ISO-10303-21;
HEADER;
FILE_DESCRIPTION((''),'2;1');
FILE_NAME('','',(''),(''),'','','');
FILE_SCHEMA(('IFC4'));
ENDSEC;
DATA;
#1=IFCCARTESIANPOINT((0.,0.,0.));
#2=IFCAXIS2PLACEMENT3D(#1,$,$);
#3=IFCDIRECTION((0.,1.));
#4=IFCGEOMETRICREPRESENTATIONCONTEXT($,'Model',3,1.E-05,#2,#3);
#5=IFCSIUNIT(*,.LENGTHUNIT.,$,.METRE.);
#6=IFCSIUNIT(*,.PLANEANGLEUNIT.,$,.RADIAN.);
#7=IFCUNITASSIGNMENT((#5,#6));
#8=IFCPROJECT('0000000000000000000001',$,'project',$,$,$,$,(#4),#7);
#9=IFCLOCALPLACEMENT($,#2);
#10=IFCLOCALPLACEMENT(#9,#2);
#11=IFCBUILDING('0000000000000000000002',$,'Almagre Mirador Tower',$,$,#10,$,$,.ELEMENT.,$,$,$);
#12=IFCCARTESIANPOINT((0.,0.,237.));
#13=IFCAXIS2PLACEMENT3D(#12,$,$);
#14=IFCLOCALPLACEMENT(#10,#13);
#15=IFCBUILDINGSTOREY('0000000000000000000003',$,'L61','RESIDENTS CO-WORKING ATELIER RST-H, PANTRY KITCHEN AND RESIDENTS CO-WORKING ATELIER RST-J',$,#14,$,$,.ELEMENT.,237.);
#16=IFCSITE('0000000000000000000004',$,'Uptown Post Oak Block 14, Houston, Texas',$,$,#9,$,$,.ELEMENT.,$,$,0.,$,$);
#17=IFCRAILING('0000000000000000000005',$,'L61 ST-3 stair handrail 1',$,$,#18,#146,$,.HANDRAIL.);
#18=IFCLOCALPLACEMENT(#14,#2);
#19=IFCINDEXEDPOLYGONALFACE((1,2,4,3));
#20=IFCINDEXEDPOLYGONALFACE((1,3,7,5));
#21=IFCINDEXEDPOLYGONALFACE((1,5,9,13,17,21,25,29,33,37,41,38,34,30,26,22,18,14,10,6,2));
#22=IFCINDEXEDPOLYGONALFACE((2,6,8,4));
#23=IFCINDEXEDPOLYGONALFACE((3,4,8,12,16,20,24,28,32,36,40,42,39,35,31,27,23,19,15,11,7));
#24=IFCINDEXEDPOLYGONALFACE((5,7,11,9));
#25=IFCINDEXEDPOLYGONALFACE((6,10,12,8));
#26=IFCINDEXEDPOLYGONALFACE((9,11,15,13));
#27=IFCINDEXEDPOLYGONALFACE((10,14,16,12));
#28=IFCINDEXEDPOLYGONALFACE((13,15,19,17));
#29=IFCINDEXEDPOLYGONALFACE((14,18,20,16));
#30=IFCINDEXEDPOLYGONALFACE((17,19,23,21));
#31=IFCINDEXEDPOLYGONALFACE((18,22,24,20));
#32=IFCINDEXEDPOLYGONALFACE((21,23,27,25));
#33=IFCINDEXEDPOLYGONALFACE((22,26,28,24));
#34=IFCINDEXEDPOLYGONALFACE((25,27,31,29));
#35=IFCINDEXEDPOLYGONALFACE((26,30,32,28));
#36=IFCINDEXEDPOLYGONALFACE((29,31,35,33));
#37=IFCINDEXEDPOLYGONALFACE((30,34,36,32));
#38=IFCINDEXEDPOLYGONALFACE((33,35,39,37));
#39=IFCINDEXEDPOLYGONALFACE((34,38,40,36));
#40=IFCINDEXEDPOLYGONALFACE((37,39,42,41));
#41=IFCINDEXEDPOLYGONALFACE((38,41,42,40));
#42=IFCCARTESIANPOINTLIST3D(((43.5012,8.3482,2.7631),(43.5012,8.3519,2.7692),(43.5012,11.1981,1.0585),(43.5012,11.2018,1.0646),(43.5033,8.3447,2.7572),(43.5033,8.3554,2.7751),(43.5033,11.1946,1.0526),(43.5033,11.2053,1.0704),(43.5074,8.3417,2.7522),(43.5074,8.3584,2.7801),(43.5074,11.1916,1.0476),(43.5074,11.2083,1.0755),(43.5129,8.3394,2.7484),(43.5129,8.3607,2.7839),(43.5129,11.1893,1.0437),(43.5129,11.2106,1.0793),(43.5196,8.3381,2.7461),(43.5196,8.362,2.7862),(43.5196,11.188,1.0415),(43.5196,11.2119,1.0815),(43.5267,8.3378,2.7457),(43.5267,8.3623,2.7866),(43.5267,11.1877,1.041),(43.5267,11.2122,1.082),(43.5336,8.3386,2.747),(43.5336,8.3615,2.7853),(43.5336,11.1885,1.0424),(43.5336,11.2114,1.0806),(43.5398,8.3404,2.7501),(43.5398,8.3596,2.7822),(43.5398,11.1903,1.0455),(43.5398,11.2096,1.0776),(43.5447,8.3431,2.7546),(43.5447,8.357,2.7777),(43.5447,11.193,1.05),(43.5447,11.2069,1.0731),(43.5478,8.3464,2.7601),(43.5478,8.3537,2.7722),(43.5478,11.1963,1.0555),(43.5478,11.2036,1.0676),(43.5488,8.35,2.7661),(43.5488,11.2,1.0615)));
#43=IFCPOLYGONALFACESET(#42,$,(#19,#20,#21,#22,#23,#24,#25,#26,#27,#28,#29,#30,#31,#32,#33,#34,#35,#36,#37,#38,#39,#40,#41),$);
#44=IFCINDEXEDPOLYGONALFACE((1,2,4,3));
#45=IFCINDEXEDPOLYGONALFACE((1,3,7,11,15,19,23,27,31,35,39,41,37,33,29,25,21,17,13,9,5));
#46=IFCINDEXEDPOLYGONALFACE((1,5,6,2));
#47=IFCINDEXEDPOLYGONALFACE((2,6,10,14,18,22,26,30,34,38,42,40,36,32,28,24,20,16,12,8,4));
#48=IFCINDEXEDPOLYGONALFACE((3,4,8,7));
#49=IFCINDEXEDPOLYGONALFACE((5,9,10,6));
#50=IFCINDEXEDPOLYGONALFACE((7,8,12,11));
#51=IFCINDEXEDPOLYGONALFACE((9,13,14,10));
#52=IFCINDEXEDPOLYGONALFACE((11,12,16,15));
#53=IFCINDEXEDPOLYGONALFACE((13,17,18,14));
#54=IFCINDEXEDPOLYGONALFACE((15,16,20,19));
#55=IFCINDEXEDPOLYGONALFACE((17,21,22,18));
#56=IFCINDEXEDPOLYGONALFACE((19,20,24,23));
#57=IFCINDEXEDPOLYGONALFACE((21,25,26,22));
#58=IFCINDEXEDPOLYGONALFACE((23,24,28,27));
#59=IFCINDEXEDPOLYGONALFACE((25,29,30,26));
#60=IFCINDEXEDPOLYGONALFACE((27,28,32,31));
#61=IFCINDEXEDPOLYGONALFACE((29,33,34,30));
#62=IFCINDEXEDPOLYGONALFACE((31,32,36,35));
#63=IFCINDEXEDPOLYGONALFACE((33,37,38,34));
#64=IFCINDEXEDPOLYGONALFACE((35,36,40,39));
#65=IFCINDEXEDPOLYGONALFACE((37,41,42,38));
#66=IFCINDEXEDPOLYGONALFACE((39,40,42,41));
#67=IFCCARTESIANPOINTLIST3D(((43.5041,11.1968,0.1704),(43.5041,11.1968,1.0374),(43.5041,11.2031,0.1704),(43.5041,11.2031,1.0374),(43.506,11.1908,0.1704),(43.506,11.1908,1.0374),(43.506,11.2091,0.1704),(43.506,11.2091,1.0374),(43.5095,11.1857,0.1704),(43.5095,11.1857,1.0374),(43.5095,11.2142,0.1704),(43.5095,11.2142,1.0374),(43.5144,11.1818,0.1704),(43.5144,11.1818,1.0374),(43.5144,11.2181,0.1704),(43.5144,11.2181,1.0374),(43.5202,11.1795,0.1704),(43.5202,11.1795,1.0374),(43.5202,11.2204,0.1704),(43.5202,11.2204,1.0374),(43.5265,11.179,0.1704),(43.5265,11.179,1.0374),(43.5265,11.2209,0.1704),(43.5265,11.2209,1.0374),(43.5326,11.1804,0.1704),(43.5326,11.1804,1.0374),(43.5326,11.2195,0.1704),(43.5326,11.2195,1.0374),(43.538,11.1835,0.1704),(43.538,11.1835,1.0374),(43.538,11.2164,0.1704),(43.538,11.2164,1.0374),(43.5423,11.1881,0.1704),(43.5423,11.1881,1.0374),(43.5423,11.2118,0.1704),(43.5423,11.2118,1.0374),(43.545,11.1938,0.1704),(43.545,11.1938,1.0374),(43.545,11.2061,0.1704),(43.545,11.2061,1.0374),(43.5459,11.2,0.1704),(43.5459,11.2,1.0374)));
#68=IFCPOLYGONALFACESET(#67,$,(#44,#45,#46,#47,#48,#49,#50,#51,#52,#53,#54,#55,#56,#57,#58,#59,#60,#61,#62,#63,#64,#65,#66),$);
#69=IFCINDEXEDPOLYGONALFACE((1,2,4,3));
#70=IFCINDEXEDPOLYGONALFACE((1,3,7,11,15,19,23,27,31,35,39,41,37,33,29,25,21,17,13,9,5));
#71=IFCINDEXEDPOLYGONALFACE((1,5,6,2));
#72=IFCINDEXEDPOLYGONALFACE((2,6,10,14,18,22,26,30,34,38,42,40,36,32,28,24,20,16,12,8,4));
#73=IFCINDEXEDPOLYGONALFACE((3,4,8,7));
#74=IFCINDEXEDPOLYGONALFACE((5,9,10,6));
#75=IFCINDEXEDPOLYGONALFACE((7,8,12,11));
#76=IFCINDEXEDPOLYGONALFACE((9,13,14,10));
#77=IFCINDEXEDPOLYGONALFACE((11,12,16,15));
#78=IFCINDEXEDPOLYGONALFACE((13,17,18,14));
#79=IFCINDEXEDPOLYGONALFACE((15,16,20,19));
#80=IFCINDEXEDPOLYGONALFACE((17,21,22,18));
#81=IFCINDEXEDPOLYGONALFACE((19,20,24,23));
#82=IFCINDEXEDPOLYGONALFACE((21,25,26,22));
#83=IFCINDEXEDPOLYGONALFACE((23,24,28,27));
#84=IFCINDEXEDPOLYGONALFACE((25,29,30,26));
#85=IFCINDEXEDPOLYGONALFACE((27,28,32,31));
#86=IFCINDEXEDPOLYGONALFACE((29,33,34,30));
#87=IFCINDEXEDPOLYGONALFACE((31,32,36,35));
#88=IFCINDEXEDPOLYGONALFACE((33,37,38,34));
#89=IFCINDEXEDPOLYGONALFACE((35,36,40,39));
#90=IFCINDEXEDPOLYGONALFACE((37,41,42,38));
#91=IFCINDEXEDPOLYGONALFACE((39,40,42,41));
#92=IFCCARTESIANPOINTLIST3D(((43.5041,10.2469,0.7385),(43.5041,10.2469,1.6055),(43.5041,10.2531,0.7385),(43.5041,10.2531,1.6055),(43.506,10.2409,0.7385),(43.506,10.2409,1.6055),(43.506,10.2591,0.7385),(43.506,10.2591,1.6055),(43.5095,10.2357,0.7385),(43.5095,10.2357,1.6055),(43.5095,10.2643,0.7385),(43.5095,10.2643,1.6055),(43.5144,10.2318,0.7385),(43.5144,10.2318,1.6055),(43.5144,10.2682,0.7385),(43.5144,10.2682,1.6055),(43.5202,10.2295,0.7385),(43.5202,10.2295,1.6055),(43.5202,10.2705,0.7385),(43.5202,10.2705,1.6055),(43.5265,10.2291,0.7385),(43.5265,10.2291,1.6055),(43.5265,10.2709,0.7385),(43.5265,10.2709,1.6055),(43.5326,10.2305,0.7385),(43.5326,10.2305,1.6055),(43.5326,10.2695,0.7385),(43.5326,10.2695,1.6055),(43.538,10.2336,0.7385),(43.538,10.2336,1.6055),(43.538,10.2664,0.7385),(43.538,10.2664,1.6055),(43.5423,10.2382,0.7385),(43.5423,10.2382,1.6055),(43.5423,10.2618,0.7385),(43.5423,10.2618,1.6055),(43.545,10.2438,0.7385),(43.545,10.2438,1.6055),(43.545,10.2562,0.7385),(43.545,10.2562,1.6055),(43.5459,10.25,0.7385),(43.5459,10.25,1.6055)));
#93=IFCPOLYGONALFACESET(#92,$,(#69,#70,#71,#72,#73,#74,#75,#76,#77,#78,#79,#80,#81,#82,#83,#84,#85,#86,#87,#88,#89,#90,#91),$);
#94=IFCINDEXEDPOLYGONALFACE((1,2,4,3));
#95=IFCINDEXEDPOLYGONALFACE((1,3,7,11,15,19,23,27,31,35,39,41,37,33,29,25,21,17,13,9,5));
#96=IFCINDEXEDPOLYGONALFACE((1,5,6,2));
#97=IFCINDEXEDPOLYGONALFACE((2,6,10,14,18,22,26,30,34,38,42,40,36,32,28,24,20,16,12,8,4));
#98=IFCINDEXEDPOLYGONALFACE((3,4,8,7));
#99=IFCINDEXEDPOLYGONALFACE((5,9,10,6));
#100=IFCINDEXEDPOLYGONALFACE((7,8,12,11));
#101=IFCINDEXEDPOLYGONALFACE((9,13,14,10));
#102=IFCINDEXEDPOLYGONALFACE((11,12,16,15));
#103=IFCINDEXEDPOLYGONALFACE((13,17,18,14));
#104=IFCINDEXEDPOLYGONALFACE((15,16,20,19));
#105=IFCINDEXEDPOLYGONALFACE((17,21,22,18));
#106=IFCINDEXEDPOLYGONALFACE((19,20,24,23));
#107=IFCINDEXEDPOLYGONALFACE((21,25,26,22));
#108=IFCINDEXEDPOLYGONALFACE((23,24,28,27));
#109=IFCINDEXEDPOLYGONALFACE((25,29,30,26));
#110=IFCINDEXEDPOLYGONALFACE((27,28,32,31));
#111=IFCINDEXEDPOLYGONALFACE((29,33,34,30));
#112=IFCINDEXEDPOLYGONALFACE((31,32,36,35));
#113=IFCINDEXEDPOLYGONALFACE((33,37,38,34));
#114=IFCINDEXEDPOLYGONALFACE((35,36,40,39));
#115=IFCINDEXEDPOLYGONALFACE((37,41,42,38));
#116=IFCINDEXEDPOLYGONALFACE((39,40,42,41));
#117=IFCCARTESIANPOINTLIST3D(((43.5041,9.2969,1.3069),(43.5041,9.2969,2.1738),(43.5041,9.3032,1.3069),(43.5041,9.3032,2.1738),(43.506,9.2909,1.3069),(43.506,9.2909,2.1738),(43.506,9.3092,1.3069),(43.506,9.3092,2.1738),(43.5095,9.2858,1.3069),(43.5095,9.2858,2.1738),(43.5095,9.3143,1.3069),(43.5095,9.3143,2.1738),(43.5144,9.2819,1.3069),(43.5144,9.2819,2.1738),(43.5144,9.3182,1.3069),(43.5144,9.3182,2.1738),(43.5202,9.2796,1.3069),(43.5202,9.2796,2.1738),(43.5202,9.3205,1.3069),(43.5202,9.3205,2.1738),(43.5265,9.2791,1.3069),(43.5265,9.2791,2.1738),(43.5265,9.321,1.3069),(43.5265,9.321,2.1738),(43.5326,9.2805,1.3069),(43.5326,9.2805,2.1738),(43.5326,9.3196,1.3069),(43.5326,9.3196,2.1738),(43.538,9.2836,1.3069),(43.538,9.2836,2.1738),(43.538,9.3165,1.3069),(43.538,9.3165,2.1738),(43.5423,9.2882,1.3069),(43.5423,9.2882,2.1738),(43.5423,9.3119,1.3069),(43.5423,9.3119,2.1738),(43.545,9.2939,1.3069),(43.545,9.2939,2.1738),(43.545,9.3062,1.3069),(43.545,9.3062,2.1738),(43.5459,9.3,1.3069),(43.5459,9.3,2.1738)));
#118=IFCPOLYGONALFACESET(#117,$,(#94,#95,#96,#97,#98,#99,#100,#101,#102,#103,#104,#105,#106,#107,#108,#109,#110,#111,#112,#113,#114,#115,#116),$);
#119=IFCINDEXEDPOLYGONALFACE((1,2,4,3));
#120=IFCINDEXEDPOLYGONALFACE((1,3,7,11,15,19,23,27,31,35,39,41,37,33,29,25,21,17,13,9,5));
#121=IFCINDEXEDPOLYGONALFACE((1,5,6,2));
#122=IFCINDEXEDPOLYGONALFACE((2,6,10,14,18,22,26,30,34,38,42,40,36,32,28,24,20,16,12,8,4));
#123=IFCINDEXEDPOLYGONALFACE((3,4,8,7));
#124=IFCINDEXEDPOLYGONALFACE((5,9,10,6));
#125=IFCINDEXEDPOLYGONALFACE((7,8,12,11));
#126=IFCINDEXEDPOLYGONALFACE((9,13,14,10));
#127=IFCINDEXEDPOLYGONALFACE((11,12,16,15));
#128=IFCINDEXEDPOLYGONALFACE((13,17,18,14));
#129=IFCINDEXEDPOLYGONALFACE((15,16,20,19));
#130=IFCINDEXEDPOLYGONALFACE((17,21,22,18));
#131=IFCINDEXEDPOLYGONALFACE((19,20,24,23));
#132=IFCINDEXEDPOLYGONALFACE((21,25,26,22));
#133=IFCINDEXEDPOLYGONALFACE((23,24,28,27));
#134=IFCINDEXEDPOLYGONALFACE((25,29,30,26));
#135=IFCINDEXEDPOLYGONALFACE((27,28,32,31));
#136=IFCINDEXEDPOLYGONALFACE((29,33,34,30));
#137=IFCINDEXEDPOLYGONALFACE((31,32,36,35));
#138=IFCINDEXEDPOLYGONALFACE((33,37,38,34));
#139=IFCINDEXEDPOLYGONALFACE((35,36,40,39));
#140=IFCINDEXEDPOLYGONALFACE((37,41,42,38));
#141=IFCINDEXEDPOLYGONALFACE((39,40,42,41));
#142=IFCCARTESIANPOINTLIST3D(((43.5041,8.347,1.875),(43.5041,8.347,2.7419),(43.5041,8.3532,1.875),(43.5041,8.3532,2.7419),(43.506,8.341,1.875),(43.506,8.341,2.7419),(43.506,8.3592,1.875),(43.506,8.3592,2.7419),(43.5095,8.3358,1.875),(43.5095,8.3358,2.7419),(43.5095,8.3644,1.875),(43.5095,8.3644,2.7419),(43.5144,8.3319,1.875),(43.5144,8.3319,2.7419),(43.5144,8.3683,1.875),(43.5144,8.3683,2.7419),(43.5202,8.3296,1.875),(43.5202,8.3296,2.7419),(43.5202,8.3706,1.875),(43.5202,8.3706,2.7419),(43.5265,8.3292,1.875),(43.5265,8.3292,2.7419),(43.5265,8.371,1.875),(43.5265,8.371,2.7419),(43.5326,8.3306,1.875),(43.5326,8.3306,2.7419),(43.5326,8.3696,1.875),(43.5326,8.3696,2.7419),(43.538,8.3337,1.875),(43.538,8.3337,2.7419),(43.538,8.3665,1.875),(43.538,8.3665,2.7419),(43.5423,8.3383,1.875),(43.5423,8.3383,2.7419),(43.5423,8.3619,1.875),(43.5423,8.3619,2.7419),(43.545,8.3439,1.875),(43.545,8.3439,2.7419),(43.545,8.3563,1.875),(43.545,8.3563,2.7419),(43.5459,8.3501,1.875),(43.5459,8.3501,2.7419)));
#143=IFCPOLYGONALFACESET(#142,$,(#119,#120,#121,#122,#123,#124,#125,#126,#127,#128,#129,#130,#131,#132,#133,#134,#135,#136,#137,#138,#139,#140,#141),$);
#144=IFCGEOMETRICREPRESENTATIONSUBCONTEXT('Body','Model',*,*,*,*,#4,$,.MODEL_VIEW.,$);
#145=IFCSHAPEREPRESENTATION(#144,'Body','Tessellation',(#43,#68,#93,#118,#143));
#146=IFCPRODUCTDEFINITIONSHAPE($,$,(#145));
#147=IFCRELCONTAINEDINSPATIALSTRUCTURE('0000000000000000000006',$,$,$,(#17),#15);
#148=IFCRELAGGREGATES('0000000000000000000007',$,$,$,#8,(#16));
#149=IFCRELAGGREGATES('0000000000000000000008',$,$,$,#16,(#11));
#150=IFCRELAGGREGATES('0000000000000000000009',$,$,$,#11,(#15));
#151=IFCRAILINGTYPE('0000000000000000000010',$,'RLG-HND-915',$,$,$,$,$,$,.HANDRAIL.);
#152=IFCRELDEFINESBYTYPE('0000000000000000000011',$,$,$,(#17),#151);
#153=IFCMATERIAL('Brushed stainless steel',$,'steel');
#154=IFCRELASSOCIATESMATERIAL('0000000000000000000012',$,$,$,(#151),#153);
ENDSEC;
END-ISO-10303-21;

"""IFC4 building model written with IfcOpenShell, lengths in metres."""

from ifc_helpers import new_model, si_unit, direction, frame, origin, origin_2d, place, context, subcontext, project, spatial, circle, extrude, material, type_object, element, save


model = new_model("IFC4")

# Units and contexts
model_context = context("Model", 3, precision=1e-05, world=origin(), true_north=direction((0.0, 1.0)))
body_context = subcontext(model_context, "Body", "Model", "MODEL_VIEW")
ifc_project = project(units=[si_unit("LENGTHUNIT", "METRE"), si_unit("PLANEANGLEUNIT", "RADIAN")], contexts=[model_context])

# Site, building, storey
site_placement = place(None, origin())
site = spatial("IfcSite", under=ifc_project, at=site_placement, Name="Uptown Post Oak Block 14, Houston, Texas", CompositionType="ELEMENT", RefElevation=0.0)
building_placement = place(site_placement, origin())
building = spatial("IfcBuilding", under=site, at=building_placement, Name="Almagre Mirador Tower", CompositionType="ELEMENT")
storey_placement = place(building_placement, frame((0.0, 0.0, 237.0)))
storey = spatial("IfcBuildingStorey", under=building, at=storey_placement, Name="L61", Description="RESIDENTS CO-WORKING ATELIER RST-H, PANTRY KITCHEN AND RESIDENTS CO-WORKING ATELIER RST-J", CompositionType="ELEMENT", Elevation=237.0)

# Railing
ifc_material_1 = material(Name="Brushed stainless steel", Category="steel")
railing_type_1 = type_object("IfcRailingType", Name="RLG-HND-915", PredefinedType="HANDRAIL", material=ifc_material_1)
railing_1_placement = place(storey_placement, frame((43.5249, 11.2, 0.1704)))
element("IfcRailing", 1, at=railing_1_placement, inside=storey, type_object=railing_type_1, Name="L61 ST-3 stair handrail 1", PredefinedType="HANDRAIL", context=body_context, shape_type="SweptSolid", body=[
    extrude(circle(Radius=0.0239, at=origin_2d()), frame((0.0, 0.0, 0.8911), z_axis=(0.0, -0.858199, 0.513317), x_axis=(1.0, 0.0, 0.0)), (0.0, 0.0, 1.0), 3.3208),
    extrude(circle(Radius=0.021, at=origin_2d()), origin(), (0.0, 0.0, 1.0), 0.8669),
    extrude(circle(Radius=0.021, at=origin_2d()), frame((0.0, -0.95, 0.5681)), (0.0, 0.0, 1.0), 0.8669),
    extrude(circle(Radius=0.021, at=origin_2d()), frame((0.0, -1.8999, 1.1365)), (0.0, 0.0, 1.0), 0.8669),
    extrude(circle(Radius=0.021, at=origin_2d()), frame((0.0, -2.8499, 1.7046)), (0.0, 0.0, 1.0), 0.8669),
])

save(model, "model.ifc")
